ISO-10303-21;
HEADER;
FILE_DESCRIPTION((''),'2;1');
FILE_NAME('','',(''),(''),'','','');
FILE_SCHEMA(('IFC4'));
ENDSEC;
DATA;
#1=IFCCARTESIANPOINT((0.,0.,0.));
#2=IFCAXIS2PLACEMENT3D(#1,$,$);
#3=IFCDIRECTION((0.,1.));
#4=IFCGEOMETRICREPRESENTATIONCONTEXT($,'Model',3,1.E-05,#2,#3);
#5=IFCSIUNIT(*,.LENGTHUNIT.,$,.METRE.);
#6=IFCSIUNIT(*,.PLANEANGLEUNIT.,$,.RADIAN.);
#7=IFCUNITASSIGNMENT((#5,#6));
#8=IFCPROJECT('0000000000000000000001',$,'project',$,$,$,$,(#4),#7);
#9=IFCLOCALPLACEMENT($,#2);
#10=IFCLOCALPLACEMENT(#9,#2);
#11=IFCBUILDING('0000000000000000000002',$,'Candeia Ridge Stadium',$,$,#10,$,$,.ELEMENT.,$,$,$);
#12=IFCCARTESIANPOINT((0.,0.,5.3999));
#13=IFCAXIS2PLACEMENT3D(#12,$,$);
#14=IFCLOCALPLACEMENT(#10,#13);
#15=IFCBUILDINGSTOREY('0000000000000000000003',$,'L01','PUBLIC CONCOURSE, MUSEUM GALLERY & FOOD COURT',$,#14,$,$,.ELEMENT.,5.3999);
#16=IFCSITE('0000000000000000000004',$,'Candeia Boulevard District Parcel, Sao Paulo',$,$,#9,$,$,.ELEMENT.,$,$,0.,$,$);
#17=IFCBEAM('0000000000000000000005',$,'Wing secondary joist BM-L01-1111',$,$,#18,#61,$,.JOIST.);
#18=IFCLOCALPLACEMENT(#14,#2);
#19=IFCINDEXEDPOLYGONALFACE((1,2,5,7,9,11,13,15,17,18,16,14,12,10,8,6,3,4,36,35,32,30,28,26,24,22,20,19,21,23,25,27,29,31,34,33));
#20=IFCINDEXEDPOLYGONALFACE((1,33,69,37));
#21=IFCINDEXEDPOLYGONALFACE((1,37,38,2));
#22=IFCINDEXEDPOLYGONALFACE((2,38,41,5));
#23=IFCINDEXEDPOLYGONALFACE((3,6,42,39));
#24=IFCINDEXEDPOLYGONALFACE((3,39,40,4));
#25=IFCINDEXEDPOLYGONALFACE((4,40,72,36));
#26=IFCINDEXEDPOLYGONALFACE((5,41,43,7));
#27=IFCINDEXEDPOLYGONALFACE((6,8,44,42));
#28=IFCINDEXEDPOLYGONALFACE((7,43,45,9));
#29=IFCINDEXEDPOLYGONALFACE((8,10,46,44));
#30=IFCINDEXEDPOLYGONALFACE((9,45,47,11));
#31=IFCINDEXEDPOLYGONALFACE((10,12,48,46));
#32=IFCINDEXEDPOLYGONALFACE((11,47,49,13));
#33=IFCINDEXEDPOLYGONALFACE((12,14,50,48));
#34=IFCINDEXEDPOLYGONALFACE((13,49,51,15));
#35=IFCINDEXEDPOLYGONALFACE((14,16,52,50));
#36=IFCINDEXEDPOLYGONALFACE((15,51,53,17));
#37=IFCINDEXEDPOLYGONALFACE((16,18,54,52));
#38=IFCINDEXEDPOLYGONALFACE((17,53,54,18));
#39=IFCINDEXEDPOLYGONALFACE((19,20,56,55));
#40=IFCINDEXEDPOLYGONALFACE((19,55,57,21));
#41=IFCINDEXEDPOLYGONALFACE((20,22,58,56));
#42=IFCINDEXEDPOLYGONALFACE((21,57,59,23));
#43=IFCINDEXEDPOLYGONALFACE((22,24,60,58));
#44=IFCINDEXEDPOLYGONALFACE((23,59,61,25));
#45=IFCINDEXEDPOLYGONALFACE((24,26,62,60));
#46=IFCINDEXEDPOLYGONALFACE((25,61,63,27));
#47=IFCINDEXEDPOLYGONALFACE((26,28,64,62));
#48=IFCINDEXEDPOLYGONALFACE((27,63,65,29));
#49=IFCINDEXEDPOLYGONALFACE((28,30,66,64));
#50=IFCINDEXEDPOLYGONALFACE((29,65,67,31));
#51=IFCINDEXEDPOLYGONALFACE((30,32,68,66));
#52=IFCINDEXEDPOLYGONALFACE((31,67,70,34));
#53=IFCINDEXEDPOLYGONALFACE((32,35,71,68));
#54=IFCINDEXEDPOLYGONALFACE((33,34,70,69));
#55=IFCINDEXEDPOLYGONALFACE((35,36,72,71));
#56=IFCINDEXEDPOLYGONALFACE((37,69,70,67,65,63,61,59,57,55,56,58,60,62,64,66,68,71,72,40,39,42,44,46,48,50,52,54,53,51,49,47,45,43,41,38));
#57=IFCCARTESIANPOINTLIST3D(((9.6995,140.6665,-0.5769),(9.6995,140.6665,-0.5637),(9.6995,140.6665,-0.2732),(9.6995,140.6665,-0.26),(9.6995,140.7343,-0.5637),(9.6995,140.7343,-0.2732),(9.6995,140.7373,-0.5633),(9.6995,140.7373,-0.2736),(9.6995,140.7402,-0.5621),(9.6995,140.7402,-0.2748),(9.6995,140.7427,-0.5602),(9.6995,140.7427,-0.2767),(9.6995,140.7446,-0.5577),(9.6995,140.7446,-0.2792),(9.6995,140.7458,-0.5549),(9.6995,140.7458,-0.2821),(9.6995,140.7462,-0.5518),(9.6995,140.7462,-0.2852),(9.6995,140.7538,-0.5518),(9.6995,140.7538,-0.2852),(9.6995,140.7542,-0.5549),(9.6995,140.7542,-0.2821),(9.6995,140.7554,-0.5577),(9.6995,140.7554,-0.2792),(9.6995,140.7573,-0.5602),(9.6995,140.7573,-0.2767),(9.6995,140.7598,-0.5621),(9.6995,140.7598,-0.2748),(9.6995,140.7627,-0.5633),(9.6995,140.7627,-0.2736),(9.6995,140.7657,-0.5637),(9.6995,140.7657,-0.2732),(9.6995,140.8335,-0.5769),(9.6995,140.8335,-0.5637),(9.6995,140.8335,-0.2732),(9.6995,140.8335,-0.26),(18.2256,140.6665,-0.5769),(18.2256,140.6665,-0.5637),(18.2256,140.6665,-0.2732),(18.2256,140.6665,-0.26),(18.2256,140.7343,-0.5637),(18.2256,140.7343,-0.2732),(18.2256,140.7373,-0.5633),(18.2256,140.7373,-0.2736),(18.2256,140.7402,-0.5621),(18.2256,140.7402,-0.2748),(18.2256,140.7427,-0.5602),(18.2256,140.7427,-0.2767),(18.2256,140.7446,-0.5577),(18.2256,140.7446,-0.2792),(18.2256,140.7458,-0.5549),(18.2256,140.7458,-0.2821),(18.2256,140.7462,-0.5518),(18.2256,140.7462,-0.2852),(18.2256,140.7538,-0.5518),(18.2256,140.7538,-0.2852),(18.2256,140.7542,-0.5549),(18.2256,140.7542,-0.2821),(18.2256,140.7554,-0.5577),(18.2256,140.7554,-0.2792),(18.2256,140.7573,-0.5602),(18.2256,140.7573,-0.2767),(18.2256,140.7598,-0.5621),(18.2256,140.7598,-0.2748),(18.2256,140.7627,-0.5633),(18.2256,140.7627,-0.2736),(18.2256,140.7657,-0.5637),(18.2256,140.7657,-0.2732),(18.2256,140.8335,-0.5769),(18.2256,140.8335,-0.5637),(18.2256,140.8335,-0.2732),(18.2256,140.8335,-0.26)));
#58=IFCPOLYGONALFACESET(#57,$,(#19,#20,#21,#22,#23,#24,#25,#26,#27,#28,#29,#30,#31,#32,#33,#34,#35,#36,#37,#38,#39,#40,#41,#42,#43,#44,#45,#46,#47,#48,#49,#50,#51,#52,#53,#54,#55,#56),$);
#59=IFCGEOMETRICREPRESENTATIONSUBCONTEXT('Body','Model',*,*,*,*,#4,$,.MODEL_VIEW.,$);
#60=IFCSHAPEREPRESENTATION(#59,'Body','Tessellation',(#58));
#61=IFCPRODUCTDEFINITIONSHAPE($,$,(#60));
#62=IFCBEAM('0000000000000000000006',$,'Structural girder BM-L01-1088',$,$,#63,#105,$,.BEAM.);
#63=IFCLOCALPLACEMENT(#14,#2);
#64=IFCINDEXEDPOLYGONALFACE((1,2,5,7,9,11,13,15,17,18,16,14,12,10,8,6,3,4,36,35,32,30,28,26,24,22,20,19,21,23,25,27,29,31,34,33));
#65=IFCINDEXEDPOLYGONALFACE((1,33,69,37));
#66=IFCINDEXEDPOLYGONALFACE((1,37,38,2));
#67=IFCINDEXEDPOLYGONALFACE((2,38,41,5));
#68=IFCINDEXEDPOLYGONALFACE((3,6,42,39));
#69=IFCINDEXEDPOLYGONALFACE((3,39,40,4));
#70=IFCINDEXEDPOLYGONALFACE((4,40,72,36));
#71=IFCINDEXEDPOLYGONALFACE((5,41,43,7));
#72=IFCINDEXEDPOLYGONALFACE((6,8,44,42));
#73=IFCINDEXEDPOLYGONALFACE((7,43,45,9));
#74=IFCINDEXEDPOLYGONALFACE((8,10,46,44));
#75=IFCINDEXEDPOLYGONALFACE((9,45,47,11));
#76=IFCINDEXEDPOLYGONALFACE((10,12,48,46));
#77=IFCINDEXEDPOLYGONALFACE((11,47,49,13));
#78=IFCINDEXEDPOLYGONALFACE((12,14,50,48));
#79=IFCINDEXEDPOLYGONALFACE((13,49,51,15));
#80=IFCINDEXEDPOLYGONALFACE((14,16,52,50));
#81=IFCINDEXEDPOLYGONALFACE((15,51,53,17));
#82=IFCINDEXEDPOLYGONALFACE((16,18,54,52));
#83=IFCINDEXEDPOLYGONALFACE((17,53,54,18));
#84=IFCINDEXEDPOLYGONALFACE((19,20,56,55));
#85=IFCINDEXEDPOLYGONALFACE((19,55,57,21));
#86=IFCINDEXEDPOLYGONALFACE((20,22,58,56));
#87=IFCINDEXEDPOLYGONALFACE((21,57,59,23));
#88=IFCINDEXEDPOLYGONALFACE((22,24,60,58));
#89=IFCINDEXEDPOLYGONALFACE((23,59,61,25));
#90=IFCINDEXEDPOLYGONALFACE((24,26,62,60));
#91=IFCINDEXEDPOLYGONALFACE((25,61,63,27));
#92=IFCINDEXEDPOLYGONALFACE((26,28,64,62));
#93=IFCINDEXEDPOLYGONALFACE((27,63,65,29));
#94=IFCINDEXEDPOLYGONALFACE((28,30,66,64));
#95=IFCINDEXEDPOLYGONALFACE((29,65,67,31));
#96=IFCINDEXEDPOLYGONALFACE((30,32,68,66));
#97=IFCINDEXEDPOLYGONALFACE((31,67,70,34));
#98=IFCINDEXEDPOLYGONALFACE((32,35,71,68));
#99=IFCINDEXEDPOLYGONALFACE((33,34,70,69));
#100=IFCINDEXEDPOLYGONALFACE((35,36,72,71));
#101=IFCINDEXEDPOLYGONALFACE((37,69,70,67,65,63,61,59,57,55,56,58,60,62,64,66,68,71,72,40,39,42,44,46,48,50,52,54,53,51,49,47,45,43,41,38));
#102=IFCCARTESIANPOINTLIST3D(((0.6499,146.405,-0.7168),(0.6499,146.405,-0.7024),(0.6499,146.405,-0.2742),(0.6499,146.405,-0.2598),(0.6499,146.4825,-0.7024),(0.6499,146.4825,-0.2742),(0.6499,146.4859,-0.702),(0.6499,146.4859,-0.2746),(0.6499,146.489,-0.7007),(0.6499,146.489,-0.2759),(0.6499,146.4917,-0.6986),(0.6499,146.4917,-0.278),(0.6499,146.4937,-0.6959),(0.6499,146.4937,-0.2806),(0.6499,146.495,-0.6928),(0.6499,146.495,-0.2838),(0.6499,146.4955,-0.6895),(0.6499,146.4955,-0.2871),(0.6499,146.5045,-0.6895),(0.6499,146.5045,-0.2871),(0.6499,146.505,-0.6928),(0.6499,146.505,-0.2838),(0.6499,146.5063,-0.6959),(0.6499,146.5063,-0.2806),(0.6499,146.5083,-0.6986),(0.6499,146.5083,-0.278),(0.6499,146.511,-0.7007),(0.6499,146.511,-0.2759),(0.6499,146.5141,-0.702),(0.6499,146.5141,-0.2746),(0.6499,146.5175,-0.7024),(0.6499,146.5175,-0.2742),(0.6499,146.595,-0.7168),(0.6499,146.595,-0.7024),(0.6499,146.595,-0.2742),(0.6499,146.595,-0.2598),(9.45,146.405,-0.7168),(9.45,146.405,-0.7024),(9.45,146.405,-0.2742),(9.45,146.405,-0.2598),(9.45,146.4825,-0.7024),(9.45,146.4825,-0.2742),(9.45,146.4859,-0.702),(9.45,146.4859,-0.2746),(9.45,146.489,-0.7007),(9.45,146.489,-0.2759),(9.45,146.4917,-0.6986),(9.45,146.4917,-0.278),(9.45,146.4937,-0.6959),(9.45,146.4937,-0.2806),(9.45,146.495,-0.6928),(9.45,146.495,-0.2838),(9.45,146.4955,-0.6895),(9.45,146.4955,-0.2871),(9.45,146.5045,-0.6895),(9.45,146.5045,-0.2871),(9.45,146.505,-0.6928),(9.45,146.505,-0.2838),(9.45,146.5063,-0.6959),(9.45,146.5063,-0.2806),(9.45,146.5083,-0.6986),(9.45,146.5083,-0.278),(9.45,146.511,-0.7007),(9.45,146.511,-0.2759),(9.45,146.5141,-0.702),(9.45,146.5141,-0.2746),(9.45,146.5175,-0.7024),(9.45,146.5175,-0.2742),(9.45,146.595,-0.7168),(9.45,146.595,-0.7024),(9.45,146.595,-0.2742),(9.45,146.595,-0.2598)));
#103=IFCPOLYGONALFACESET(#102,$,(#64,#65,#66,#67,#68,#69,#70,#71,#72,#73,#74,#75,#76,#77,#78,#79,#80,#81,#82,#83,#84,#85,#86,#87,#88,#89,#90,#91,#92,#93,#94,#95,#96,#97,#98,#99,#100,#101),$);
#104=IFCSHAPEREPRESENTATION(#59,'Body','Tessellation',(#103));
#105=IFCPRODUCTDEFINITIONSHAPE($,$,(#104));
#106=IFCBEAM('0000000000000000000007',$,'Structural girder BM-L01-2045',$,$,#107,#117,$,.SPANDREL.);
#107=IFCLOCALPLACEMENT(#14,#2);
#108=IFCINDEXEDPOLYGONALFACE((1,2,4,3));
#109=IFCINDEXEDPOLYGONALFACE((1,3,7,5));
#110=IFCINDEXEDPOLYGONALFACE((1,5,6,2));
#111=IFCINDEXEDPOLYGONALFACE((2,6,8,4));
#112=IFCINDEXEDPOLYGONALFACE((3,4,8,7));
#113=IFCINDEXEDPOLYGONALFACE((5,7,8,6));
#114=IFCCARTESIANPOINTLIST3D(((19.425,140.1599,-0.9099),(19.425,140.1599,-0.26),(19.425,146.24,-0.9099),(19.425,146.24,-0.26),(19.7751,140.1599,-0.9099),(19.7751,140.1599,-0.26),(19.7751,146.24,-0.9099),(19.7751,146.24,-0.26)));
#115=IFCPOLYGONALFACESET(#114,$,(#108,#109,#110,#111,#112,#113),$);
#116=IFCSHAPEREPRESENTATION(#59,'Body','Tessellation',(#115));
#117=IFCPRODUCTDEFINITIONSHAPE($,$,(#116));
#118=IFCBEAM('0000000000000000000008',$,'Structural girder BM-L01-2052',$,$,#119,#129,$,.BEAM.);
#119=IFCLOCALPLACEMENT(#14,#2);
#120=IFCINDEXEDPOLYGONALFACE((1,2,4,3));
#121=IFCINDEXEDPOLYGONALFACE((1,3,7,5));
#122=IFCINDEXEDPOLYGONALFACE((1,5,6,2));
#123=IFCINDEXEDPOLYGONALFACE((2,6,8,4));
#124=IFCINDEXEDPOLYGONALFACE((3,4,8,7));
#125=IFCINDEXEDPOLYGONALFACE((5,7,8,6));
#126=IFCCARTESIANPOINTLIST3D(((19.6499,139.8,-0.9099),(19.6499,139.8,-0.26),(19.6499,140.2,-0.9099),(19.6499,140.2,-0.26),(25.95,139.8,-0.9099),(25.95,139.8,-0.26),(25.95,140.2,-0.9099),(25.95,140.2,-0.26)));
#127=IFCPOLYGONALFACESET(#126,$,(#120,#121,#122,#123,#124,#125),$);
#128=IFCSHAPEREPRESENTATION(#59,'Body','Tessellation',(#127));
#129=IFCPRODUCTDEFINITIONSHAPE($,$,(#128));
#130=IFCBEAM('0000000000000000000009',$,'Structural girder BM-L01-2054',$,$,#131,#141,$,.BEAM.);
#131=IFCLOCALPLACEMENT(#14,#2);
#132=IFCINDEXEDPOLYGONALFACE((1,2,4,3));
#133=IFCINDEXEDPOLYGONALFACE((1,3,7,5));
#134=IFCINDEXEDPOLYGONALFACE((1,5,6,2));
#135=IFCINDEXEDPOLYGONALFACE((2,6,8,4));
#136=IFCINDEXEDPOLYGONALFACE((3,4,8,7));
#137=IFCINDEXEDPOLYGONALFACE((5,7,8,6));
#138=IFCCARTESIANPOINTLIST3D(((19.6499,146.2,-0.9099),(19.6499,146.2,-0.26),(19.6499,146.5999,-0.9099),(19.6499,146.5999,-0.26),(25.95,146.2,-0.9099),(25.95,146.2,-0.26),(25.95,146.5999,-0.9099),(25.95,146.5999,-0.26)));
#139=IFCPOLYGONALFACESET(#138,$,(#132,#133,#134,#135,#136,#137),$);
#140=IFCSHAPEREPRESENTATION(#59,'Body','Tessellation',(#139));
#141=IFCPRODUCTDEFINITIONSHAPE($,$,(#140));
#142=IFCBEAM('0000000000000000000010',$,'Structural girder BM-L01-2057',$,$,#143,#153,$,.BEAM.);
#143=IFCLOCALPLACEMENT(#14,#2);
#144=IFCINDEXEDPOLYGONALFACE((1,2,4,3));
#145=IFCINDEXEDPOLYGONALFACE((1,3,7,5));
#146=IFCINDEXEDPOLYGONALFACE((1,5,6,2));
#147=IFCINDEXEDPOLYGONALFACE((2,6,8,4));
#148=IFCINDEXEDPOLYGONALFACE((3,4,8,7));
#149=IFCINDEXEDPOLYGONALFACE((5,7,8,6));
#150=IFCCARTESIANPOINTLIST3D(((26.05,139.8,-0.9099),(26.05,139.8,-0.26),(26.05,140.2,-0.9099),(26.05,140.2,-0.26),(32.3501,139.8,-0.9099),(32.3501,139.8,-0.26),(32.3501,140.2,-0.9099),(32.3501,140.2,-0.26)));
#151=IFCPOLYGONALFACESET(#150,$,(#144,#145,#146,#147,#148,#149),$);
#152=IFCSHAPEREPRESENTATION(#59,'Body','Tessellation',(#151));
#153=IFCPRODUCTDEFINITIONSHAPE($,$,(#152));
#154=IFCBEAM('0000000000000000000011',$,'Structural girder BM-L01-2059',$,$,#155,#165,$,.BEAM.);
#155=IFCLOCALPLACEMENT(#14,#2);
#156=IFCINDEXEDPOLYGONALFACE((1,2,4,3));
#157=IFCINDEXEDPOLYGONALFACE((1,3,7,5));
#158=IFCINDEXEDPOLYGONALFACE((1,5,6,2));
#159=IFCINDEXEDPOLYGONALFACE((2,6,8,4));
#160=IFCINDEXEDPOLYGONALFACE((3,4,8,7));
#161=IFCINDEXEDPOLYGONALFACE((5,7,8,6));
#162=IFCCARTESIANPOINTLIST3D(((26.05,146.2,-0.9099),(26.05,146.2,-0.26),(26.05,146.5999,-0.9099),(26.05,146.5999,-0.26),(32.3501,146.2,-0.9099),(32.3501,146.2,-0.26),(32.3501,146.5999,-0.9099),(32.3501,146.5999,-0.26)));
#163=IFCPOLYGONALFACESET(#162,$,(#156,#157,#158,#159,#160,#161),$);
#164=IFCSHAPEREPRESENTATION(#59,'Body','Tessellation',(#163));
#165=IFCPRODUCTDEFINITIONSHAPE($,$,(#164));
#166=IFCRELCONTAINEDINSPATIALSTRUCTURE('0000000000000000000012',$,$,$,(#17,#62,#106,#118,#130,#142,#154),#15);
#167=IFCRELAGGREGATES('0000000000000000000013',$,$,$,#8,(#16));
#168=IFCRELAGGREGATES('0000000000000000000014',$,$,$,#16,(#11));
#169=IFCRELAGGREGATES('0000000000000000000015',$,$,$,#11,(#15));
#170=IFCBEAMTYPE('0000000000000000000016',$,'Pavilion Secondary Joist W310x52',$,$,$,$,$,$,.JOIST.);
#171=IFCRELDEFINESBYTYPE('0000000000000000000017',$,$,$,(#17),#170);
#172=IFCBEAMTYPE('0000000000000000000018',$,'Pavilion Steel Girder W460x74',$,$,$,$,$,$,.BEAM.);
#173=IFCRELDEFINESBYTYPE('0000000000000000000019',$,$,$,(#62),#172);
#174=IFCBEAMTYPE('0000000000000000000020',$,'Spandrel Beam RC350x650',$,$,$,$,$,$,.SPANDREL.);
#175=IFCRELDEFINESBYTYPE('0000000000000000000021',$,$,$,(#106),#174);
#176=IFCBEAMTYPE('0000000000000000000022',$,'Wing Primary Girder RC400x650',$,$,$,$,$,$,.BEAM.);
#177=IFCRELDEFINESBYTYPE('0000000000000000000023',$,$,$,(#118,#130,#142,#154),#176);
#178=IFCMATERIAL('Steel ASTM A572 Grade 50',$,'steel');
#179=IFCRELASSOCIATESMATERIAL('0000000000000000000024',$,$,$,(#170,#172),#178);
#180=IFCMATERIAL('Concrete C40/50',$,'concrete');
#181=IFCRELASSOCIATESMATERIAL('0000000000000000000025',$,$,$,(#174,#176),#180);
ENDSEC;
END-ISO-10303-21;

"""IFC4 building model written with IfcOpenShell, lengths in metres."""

from ifc_helpers import new_model, si_unit, direction, frame, origin, origin_2d, place, context, subcontext, project, spatial, rectangle, i_section, extrude, material, material_profile, profile_set, type_object, element, save


model = new_model("IFC4")

# Units and contexts
model_context = context("Model", 3, precision=1e-05, world=origin(), true_north=direction((0.0, 1.0)))
body_context = subcontext(model_context, "Body", "Model", "MODEL_VIEW")
ifc_project = project(units=[si_unit("LENGTHUNIT", "METRE"), si_unit("PLANEANGLEUNIT", "RADIAN")], contexts=[model_context])

# Site, building, storey
site_placement = place(None, origin())
site = spatial("IfcSite", under=ifc_project, at=site_placement, Name="Candeia Boulevard District Parcel, Sao Paulo", CompositionType="ELEMENT", RefElevation=0.0)
building_placement = place(site_placement, origin())
building = spatial("IfcBuilding", under=site, at=building_placement, Name="Candeia Ridge Stadium", CompositionType="ELEMENT")
storey_placement = place(building_placement, frame((0.0, 0.0, 5.3999)))
storey = spatial("IfcBuildingStorey", under=building, at=storey_placement, Name="L01", Description="PUBLIC CONCOURSE, MUSEUM GALLERY & FOOD COURT", CompositionType="ELEMENT", Elevation=5.3999)

# Shared definitions
ifc_material_1 = material(Name="Concrete C40/50", Category="concrete")

# Beams
ifc_material_2 = material(Name="Steel ASTM A572 Grade 50", Category="steel")
ifc_material_profile_1 = material_profile(ifc_material_2, i_section(OverallWidth=0.167, OverallDepth=0.3169, WebThickness=0.0076, FlangeThickness=0.0132, FilletRadius=0.012, at=origin_2d()), Name="W310x52", Category="steel")
ifc_profile_set_1 = profile_set([ifc_material_profile_1], Name="Steel ASTM A572 Grade 50")
beam_type_1 = type_object("IfcBeamType", Name="Pavilion Secondary Joist W310x52", PredefinedType="JOIST", material=ifc_profile_set_1)
for number, where, z_axis, x_axis, name in (
    (1, (9.6995, 140.75, -0.4185), (1.0, 0.0, 0.0), (0.0, 1.0, 0.0), "Wing secondary joist BM-L01-1111"),
):
    element("IfcBeam", number, at=place(storey_placement, frame(where, z_axis=z_axis, x_axis=x_axis)), inside=storey, type_object=beam_type_1, Name=name, PredefinedType="JOIST", context=body_context, shape_type="SweptSolid", body=[
        extrude(i_section(OverallWidth=0.167, OverallDepth=0.3169, WebThickness=0.0076, FlangeThickness=0.0132, FilletRadius=0.012, at=origin_2d()), origin(), (0.0, 0.0, 1.0), 8.5261),
    ])
ifc_material_profile_2 = material_profile(ifc_material_2, i_section(OverallWidth=0.1899, OverallDepth=0.457, WebThickness=0.009, FlangeThickness=0.0144, FilletRadius=0.0129, at=origin_2d()), Name="W460x74", Category="steel")
ifc_profile_set_2 = profile_set([ifc_material_profile_2], Name="Steel ASTM A572 Grade 50")
beam_type_2 = type_object("IfcBeamType", Name="Pavilion Steel Girder W460x74", PredefinedType="BEAM", material=ifc_profile_set_2)
beam_1_placement = place(storey_placement, frame((0.6499, 146.5, -0.4883), z_axis=(1.0, 0.0, 0.0), x_axis=(0.0, 1.0, 0.0)))
element("IfcBeam", 2, at=beam_1_placement, inside=storey, type_object=beam_type_2, Name="Structural girder BM-L01-1088", PredefinedType="BEAM", context=body_context, shape_type="SweptSolid", body=[
    extrude(i_section(OverallWidth=0.1899, OverallDepth=0.457, WebThickness=0.009, FlangeThickness=0.0144, FilletRadius=0.0129, at=origin_2d()), origin(), (0.0, 0.0, 1.0), 8.8),
])
ifc_material_profile_3 = material_profile(ifc_material_1, rectangle(XDim=0.3501, YDim=0.6499, at=origin_2d()), Name="RC350x650", Category="concrete")
ifc_profile_set_3 = profile_set([ifc_material_profile_3], Name="Concrete C40/50")
beam_type_3 = type_object("IfcBeamType", Name="Spandrel Beam RC350x650", PredefinedType="SPANDREL", material=ifc_profile_set_3)
beam_2_placement = place(storey_placement, frame((19.6001, 140.1599, -0.585), z_axis=(0.0, 1.0, 0.0), x_axis=(-1.0, 0.0, 0.0)))
element("IfcBeam", 3, at=beam_2_placement, inside=storey, type_object=beam_type_3, Name="Structural girder BM-L01-2045", PredefinedType="SPANDREL", context=body_context, shape_type="SweptSolid", body=[
    extrude(rectangle(XDim=0.3501, YDim=0.6499, at=origin_2d()), origin(), (0.0, 0.0, 1.0), 6.0801),
])
ifc_material_profile_4 = material_profile(ifc_material_1, rectangle(XDim=0.3999, YDim=0.6499, at=origin_2d()), Name="RC400x650", Category="concrete")
ifc_profile_set_4 = profile_set([ifc_material_profile_4], Name="Concrete C40/50")
beam_type_4 = type_object("IfcBeamType", Name="Wing Primary Girder RC400x650", PredefinedType="BEAM", material=ifc_profile_set_4)
for number, where, z_axis, x_axis, name in (
    (4, (19.6499, 140.0, -0.585), (1.0, 0.0, 0.0), (0.0, 1.0, 0.0), "Structural girder BM-L01-2052"),
    (5, (19.6499, 146.3999, -0.585), (1.0, 0.0, 0.0), (0.0, 1.0, 0.0), "Structural girder BM-L01-2054"),
    (6, (26.05, 140.0, -0.585), (1.0, 0.0, 0.0), (0.0, 1.0, 0.0), "Structural girder BM-L01-2057"),
    (7, (26.05, 146.3999, -0.585), (1.0, 0.0, 0.0), (0.0, 1.0, 0.0), "Structural girder BM-L01-2059"),
):
    element("IfcBeam", number, at=place(storey_placement, frame(where, z_axis=z_axis, x_axis=x_axis)), inside=storey, type_object=beam_type_4, Name=name, PredefinedType="BEAM", context=body_context, shape_type="SweptSolid", body=[
        extrude(rectangle(XDim=0.3999, YDim=0.6499, at=origin_2d()), origin(), (0.0, 0.0, 1.0), 6.3),
    ])

save(model, "model.ifc")
